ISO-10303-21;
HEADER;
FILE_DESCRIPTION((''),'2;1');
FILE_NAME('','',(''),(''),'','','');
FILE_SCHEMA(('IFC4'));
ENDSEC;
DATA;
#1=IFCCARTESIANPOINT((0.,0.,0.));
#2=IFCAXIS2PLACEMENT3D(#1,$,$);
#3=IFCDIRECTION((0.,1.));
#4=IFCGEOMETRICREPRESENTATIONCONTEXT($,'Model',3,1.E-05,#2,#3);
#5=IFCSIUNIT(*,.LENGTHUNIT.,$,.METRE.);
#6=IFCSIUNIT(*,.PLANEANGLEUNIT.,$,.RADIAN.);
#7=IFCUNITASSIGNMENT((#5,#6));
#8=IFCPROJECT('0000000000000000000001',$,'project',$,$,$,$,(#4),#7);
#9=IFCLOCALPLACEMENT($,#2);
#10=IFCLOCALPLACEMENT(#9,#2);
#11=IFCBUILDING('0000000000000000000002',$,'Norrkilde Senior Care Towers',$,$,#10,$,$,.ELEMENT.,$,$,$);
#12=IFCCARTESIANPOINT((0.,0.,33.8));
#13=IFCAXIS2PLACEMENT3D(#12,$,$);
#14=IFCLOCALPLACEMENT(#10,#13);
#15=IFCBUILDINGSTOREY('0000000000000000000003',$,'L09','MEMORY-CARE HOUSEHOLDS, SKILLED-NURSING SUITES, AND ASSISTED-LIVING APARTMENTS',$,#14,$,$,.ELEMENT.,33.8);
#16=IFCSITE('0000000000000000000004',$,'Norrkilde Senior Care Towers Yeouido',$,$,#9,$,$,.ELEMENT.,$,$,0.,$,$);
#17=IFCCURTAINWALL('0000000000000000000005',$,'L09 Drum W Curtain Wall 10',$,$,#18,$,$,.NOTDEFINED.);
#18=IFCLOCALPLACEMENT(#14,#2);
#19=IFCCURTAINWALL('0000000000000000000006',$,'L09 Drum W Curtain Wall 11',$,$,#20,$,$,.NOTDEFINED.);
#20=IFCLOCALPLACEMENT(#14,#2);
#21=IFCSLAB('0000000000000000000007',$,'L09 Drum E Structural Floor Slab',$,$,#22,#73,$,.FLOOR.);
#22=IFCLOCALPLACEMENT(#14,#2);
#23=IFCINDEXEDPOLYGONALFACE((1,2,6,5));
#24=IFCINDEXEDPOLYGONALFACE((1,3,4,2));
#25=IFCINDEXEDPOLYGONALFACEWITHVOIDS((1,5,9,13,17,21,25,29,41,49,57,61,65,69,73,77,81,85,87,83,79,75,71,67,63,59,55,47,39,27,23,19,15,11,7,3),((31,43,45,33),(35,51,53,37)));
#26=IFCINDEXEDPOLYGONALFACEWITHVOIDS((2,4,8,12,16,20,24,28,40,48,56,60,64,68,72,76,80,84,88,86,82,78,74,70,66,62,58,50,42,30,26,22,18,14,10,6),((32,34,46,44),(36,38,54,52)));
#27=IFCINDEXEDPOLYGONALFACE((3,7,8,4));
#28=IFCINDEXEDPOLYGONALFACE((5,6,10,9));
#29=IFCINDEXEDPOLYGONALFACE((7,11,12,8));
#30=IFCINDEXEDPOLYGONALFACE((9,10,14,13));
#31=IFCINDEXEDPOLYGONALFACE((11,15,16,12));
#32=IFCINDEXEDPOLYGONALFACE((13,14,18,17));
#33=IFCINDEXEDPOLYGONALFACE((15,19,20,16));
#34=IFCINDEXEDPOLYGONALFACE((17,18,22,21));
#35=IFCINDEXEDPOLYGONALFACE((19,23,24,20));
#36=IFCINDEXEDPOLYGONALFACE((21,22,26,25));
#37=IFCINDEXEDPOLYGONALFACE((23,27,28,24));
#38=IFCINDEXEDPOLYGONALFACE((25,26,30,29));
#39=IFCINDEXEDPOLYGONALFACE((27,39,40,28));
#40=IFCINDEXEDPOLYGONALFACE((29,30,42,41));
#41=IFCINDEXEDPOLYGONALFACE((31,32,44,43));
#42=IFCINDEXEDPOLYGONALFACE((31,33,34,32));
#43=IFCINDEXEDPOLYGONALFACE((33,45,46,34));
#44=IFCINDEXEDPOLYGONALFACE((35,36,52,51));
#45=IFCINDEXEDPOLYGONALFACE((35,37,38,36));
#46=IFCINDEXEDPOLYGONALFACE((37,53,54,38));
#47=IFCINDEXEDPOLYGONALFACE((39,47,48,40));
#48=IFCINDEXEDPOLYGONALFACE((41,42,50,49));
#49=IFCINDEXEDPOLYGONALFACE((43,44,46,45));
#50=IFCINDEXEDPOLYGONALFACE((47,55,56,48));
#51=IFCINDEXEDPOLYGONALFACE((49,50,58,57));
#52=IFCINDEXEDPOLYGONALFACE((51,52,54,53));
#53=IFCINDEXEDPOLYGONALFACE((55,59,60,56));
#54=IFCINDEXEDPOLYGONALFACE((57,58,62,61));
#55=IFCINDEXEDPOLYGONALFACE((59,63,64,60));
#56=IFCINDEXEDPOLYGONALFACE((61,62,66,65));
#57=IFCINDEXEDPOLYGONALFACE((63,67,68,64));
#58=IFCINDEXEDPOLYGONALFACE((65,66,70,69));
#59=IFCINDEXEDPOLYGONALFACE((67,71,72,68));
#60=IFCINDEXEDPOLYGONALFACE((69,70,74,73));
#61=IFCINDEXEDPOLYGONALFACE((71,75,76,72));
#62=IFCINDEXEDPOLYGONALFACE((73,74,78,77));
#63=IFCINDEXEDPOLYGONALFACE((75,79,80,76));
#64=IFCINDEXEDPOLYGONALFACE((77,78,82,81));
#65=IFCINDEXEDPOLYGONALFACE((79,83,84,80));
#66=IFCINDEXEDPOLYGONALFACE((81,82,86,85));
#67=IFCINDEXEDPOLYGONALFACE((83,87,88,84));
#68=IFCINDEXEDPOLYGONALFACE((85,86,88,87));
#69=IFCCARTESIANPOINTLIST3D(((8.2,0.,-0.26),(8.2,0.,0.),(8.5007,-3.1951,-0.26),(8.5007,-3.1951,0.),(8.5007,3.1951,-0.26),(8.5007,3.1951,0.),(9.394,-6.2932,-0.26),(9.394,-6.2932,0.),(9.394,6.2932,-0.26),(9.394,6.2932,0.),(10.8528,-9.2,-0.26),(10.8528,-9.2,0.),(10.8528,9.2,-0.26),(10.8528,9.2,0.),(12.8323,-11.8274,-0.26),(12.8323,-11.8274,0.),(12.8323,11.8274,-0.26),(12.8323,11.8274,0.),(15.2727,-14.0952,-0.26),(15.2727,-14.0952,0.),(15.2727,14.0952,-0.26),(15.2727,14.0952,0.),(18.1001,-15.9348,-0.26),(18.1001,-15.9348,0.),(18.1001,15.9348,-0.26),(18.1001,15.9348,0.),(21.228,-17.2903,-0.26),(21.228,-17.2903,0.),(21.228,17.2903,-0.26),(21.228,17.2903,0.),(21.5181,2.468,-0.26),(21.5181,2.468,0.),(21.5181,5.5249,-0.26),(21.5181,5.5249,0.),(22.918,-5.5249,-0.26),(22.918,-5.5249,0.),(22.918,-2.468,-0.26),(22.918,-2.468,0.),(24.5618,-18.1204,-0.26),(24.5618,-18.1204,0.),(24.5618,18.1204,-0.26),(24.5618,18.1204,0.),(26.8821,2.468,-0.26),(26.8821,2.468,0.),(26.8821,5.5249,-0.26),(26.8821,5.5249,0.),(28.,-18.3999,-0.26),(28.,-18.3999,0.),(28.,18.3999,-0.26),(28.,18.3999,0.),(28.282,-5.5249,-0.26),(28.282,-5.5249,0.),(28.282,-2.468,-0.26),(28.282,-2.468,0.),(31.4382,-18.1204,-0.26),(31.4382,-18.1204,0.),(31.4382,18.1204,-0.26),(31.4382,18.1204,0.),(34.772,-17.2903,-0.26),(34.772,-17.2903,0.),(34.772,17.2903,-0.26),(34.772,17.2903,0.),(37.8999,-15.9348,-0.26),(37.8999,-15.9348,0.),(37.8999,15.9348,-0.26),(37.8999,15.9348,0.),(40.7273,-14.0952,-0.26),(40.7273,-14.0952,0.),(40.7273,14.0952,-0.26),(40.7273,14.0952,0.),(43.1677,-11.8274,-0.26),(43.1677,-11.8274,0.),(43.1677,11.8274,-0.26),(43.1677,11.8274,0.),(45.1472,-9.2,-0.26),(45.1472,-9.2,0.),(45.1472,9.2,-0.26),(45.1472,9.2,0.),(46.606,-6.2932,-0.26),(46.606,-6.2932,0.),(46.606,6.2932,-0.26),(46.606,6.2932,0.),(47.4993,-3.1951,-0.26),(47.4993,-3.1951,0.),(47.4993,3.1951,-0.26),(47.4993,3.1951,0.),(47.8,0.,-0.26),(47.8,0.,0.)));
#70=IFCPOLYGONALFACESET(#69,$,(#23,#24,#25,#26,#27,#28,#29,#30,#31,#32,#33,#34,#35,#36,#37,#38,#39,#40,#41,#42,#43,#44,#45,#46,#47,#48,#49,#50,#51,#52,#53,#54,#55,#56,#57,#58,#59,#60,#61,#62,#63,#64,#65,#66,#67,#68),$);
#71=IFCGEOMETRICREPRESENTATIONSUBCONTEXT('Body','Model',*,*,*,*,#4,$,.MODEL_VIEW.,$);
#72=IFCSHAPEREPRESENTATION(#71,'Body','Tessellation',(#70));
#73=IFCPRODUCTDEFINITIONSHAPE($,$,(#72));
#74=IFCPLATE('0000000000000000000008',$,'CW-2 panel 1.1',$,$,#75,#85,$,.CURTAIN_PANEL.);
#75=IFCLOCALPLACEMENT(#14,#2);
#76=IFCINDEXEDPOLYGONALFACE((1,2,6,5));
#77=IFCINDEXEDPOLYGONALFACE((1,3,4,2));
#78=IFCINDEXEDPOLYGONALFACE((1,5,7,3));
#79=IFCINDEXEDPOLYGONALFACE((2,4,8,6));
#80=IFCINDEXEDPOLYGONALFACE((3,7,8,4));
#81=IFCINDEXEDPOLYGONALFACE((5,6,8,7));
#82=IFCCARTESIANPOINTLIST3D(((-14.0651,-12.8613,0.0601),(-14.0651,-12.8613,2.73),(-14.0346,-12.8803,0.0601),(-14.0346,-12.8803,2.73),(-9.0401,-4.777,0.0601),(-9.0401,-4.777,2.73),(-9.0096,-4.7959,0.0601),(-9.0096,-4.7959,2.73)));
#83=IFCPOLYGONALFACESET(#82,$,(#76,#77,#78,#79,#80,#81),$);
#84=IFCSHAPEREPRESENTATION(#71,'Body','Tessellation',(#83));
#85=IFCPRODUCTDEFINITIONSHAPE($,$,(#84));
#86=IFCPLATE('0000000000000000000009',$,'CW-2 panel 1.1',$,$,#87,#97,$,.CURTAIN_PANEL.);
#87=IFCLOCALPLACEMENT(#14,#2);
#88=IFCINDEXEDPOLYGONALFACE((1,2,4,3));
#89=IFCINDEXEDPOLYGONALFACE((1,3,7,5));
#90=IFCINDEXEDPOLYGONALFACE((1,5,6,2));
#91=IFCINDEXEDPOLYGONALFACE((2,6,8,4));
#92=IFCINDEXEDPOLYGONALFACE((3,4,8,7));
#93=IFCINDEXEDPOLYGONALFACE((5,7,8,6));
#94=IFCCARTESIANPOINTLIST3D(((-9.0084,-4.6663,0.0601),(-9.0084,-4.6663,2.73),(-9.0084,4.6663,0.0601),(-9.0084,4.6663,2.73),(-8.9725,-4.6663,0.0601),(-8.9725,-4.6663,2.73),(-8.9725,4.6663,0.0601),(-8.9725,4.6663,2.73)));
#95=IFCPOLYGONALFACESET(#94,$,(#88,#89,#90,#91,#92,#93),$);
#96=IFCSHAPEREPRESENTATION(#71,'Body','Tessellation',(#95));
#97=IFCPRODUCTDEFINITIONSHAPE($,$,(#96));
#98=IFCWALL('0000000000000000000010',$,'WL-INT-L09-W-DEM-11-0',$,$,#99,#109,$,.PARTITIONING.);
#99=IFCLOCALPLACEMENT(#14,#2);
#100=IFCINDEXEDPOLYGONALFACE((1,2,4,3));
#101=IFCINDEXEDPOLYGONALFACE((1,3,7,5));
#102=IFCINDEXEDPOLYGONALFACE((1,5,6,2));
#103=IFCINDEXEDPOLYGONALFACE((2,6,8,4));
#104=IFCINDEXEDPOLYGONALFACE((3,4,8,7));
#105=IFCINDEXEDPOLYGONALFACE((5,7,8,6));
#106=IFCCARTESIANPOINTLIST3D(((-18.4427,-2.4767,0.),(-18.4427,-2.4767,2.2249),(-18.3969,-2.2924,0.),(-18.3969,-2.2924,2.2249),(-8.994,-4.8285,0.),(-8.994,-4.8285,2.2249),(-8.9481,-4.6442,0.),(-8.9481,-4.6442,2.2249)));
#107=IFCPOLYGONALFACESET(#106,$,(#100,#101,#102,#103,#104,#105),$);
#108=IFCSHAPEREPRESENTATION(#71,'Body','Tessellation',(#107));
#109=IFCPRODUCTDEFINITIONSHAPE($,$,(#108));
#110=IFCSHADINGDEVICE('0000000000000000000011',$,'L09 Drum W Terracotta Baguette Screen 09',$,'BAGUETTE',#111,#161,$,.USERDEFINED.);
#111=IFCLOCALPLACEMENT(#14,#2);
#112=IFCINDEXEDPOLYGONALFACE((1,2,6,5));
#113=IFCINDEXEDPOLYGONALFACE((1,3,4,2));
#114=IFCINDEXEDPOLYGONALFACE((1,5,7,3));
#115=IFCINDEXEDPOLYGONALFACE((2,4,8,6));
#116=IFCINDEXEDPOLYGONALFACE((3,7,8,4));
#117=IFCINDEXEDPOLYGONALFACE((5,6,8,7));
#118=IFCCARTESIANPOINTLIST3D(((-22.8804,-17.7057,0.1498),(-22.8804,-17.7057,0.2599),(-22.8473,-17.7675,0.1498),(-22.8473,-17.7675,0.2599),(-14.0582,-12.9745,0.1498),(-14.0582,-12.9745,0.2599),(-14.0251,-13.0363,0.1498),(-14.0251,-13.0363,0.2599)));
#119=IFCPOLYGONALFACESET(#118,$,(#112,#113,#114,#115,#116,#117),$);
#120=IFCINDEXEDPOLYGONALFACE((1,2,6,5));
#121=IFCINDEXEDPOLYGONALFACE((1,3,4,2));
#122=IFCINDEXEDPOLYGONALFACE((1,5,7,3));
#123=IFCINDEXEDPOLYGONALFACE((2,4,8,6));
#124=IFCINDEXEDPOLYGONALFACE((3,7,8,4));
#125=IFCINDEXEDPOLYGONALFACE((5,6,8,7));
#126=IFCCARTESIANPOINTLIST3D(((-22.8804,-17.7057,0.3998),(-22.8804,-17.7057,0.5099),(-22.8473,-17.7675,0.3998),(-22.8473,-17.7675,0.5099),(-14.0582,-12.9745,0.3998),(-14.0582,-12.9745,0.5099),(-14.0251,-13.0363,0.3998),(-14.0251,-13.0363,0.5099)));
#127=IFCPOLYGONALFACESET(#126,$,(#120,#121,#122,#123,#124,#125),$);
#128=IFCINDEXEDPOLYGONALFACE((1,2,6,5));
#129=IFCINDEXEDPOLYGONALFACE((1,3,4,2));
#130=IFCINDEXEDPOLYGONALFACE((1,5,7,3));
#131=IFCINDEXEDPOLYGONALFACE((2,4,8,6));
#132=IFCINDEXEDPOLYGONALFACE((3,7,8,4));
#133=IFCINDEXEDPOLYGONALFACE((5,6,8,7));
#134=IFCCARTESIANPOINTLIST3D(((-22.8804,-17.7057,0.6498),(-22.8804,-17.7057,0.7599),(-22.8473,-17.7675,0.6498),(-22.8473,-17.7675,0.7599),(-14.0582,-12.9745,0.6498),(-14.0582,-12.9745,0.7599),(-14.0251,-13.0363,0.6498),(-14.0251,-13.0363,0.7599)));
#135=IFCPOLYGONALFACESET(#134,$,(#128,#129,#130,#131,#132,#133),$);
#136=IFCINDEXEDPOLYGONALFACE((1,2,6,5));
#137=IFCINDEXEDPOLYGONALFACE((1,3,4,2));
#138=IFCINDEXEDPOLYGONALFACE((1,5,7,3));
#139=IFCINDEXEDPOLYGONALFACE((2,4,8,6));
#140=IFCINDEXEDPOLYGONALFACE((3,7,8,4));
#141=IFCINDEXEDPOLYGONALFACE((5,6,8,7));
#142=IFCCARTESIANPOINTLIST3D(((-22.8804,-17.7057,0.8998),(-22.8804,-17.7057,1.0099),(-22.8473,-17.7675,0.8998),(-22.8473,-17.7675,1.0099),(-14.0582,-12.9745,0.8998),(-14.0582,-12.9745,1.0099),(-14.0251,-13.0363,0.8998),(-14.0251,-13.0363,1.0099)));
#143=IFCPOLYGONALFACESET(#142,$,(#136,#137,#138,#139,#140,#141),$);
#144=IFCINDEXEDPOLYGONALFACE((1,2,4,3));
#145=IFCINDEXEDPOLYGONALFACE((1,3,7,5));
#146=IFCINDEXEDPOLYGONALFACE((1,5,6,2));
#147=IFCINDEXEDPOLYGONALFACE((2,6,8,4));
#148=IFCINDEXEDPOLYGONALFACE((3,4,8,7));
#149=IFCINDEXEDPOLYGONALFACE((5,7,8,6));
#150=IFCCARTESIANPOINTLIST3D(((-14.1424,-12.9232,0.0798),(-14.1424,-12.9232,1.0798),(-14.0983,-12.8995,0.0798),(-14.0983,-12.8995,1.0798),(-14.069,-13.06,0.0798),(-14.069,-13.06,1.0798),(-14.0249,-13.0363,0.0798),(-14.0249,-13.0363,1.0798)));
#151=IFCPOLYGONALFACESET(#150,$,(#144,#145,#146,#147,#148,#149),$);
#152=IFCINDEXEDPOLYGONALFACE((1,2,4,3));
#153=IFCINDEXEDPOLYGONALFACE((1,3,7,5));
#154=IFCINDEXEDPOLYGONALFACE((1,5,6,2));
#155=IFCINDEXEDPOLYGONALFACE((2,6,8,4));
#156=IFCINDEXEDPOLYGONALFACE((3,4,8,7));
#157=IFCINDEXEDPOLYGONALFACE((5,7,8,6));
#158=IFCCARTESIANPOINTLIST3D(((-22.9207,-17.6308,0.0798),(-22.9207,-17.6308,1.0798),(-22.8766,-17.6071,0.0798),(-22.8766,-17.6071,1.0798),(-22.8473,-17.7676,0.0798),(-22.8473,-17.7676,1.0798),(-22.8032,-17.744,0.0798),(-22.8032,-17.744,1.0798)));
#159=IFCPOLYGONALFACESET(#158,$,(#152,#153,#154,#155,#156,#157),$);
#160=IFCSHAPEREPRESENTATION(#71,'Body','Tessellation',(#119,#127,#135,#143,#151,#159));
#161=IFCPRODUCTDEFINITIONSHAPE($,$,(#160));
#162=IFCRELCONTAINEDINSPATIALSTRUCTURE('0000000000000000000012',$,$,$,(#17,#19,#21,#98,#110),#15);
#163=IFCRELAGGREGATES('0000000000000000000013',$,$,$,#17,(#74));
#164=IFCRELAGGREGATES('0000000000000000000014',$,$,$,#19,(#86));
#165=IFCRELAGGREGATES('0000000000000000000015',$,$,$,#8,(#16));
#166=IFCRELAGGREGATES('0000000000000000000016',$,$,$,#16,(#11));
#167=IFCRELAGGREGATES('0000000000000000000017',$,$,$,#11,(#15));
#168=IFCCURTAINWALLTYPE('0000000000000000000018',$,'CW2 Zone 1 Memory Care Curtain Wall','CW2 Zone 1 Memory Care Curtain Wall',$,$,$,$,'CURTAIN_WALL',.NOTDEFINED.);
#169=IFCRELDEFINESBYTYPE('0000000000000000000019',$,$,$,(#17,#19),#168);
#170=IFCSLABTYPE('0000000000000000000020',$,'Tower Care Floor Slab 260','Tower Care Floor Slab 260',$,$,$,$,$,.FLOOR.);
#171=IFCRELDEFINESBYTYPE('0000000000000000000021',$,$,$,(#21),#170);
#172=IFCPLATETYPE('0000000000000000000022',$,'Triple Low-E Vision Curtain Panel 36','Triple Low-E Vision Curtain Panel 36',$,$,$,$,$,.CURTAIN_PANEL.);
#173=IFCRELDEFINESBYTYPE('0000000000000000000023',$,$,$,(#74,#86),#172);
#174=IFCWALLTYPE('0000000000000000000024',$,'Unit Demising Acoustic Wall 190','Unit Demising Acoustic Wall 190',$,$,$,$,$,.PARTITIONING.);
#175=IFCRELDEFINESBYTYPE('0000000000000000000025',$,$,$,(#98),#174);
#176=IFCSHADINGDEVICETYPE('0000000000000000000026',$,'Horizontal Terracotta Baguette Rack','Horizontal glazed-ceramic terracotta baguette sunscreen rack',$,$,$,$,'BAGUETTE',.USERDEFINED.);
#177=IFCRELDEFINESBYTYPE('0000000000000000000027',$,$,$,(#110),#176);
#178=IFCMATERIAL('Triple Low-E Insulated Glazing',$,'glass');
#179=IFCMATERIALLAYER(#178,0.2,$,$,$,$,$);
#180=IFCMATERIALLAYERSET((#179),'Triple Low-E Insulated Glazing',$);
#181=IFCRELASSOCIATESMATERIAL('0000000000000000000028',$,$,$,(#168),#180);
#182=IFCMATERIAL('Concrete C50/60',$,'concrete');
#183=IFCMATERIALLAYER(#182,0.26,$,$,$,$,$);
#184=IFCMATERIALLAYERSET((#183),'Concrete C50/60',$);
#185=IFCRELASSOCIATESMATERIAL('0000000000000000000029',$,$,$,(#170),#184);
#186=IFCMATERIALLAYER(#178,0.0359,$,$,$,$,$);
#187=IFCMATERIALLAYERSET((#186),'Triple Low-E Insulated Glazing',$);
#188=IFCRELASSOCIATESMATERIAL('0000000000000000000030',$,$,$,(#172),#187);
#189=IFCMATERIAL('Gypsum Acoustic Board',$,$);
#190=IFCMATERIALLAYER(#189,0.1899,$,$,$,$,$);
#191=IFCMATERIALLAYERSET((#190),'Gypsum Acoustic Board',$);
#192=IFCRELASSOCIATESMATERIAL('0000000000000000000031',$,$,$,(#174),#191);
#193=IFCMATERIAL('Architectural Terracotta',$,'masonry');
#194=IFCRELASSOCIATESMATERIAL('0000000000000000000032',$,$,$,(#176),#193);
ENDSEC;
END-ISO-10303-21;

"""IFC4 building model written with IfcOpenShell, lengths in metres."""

from ifc_helpers import new_model, si_unit, direction, frame, frame_2d, origin, origin_2d, place, context, subcontext, project, spatial, polyline, rectangle, outline, extrude, source, transform, mapped, material, layer, layer_set, type_object, type_shapes, element, aggregate, save


model = new_model("IFC4")

# Units and contexts
model_context = context("Model", 3, precision=1e-05, world=origin(), true_north=direction((0.0, 1.0)))
body_context = subcontext(model_context, "Body", "Model", "MODEL_VIEW")
ifc_project = project(units=[si_unit("LENGTHUNIT", "METRE"), si_unit("PLANEANGLEUNIT", "RADIAN")], contexts=[model_context])

# Site, building, storey
site_placement = place(None, origin())
site = spatial("IfcSite", under=ifc_project, at=site_placement, Name="Norrkilde Senior Care Towers Yeouido", CompositionType="ELEMENT", RefElevation=0.0)
building_placement = place(site_placement, origin())
building = spatial("IfcBuilding", under=site, at=building_placement, Name="Norrkilde Senior Care Towers", CompositionType="ELEMENT")
storey_placement = place(building_placement, frame((0.0, 0.0, 33.8)))
storey = spatial("IfcBuildingStorey", under=building, at=storey_placement, Name="L09", Description="MEMORY-CARE HOUSEHOLDS, SKILLED-NURSING SUITES, AND ASSISTED-LIVING APARTMENTS", CompositionType="ELEMENT", Elevation=33.8)

# Shared definitions
ifc_material_1 = material(Name="Triple Low-E Insulated Glazing", Category="glass")
ifc_layer_1 = layer(ifc_material_1, 0.2)
ifc_layer_set_1 = layer_set([ifc_layer_1], Name="Triple Low-E Insulated Glazing")
curtain_wall_type = type_object("IfcCurtainWallType", Name="CW2 Zone 1 Memory Care Curtain Wall", Description="CW2 Zone 1 Memory Care Curtain Wall", ElementType="CURTAIN_WALL", PredefinedType="NOTDEFINED", material=ifc_layer_set_1)

# Curtain wall
curtain_wall_1_placement = place(storey_placement, origin())
curtain_wall_1 = element("IfcCurtainWall", 1, at=curtain_wall_1_placement, inside=storey, type_object=curtain_wall_type, Name="L09 Drum W Curtain Wall 10", PredefinedType="NOTDEFINED")

# Curtain wall
curtain_wall_2_placement = place(storey_placement, origin())
curtain_wall_2 = element("IfcCurtainWall", 2, at=curtain_wall_2_placement, inside=storey, type_object=curtain_wall_type, Name="L09 Drum W Curtain Wall 11", PredefinedType="NOTDEFINED")

# Shared definitions
ifc_material_2 = material(Name="Concrete C50/60", Category="concrete")

# Slab
ifc_layer_2 = layer(ifc_material_2, 0.26)
ifc_layer_set_2 = layer_set([ifc_layer_2], Name="Concrete C50/60")
slab_type_1 = type_object("IfcSlabType", Name="Tower Care Floor Slab 260", Description="Tower Care Floor Slab 260", PredefinedType="FLOOR", material=ifc_layer_set_2)
slab_1_placement = place(storey_placement, frame((0.0, 0.0, -0.26)))
element("IfcSlab", 3, at=slab_1_placement, inside=storey, type_object=slab_type_1, Name="L09 Drum E Structural Floor Slab", PredefinedType="FLOOR", context=body_context, shape_type="SweptSolid", body=[
    extrude(outline(polyline([(46.606, -6.2932), (45.1472, -9.2), (43.1677, -11.8274), (40.7273, -14.0952), (37.8999, -15.9348), (34.772, -17.2903), (31.4382, -18.1204), (28.0, -18.3999), (24.5618, -18.1204), (21.228, -17.2903), (18.1001, -15.9348), (15.2727, -14.0952), (12.8323, -11.8274), (10.8528, -9.2), (9.394, -6.2932), (8.5007, -3.1951), (8.2, 0.0), (8.5007, 3.1951), (9.394, 6.2932), (10.8528, 9.2), (12.8323, 11.8274), (15.2727, 14.0952), (18.1001, 15.9348), (21.228, 17.2903), (24.5618, 18.1204), (28.0, 18.3999), (31.4382, 18.1204), (34.772, 17.2903), (37.8999, 15.9348), (40.7273, 14.0952), (43.1677, 11.8274), (45.1472, 9.2), (46.606, 6.2932), (47.4993, 3.1951), (47.8, 0.0), (47.4993, -3.1951), (46.606, -6.2932)]), holes=[polyline([(21.5181, 2.468), (26.8821, 2.468), (26.8821, 5.5249), (21.5181, 5.5249), (21.5181, 2.468)]), polyline([(28.282, -5.5249), (28.282, -2.468), (22.918, -2.468), (22.918, -5.5249), (28.282, -5.5249)])]), origin(), (0.0, 0.0, 1.0), 0.26),
])

# Plates
ifc_layer_3 = layer(ifc_material_1, 0.0359)
ifc_layer_set_3 = layer_set([ifc_layer_3], Name="Triple Low-E Insulated Glazing")
plate_type = type_object("IfcPlateType", Name="Triple Low-E Vision Curtain Panel 36", Description="Triple Low-E Vision Curtain Panel 36", PredefinedType="CURTAIN_PANEL", material=ifc_layer_set_3)
shared_shape_1 = source(origin(), body_context, "Body", "SweptSolid", [
    extrude(rectangle(XDim=9.5188, YDim=0.0359, at=origin_2d()), origin(), (0.0, 0.0, 1.0), 2.6699),
])
plate_1_placement = place(storey_placement, frame((-11.5374, -8.8286, 0.0601), z_axis=(0.0, 0.0, 1.0), x_axis=(-0.527901, -0.849306, 0.0)))
plate_1 = element("IfcPlate", 4, at=plate_1_placement, type_object=plate_type, Name="CW-2 panel 1.1", PredefinedType="CURTAIN_PANEL", context=body_context, shape_type="MappedRepresentation", body=[
    mapped(shared_shape_1, transform((0.0, 0.0, 0.0), x_axis=(1.0, 0.0, 0.0), y_axis=(0.0, 1.0, 0.0), z_axis=(0.0, 0.0, 1.0), scale=1.0)),
])
aggregate(curtain_wall_1, [plate_1])
shared_shape_2 = source(origin(), body_context, "Body", "SweptSolid", [
    extrude(rectangle(XDim=9.3325, YDim=0.0359, at=origin_2d()), origin(), (0.0, 0.0, 1.0), 2.6699),
])
type_shapes(plate_type, [shared_shape_1, shared_shape_2])
plate_2_placement = place(storey_placement, frame((-8.9905, 0.0, 0.0601), z_axis=(0.0, 0.0, 1.0), x_axis=(0.0, -1.0, 0.0)))
plate_2 = element("IfcPlate", 5, at=plate_2_placement, type_object=plate_type, Name="CW-2 panel 1.1", PredefinedType="CURTAIN_PANEL", context=body_context, shape_type="MappedRepresentation", body=[
    mapped(shared_shape_2, transform((0.0, 0.0, 0.0), x_axis=(1.0, 0.0, 0.0), y_axis=(0.0, 1.0, 0.0), z_axis=(0.0, 0.0, 1.0), scale=1.0)),
])
aggregate(curtain_wall_2, [plate_2])

# Wall
ifc_material_3 = material(Name="Gypsum Acoustic Board")
ifc_layer_4 = layer(ifc_material_3, 0.1899)
ifc_layer_set_4 = layer_set([ifc_layer_4], Name="Gypsum Acoustic Board")
wall_type = type_object("IfcWallType", Name="Unit Demising Acoustic Wall 190", Description="Unit Demising Acoustic Wall 190", PredefinedType="PARTITIONING", material=ifc_layer_set_4)
shared_shape_3 = source(origin(), body_context, "Body", "SweptSolid", [
    extrude(rectangle(XDim=9.7371, YDim=0.1899, at=frame_2d((4.8687, 0.0))), origin(), (0.0, 0.0, 1.0), 2.2249),
])
type_shapes(wall_type, [shared_shape_3])
wall_placement = place(storey_placement, frame((-18.4199, -2.3845, 0.0), z_axis=(0.0, 0.0, 1.0), x_axis=(0.970393, -0.241533, 0.0)))
element("IfcWall", 6, at=wall_placement, inside=storey, type_object=wall_type, Name="WL-INT-L09-W-DEM-11-0", PredefinedType="PARTITIONING", context=body_context, shape_type="MappedRepresentation", body=[
    mapped(shared_shape_3, transform((0.0, 0.0, 0.0), x_axis=(1.0, 0.0, 0.0), y_axis=(0.0, 1.0, 0.0), z_axis=(0.0, 0.0, 1.0), scale=1.0)),
])

# Shading device
ifc_material_4 = material(Name="Architectural Terracotta", Category="masonry")
shading_device_type = type_object("IfcShadingDeviceType", Name="Horizontal Terracotta Baguette Rack", Description="Horizontal glazed-ceramic terracotta baguette sunscreen rack", ElementType="BAGUETTE", PredefinedType="USERDEFINED", material=ifc_material_4)
shared_shape_4 = source(origin(), body_context, "Body", "SweptSolid", [
    extrude(rectangle(XDim=0.0701, YDim=0.1101, at=origin_2d()), frame((0.0, 0.0901, 0.125), z_axis=(1.0, 0.0, 0.0), x_axis=(0.0, 1.0, 0.0)), (0.0, 0.0, 1.0), 10.0107),
    extrude(rectangle(XDim=0.0701, YDim=0.1101, at=origin_2d()), frame((0.0, 0.0901, 0.375), z_axis=(1.0, 0.0, 0.0), x_axis=(0.0, 1.0, 0.0)), (0.0, 0.0, 1.0), 10.0107),
    extrude(rectangle(XDim=0.0701, YDim=0.1101, at=origin_2d()), frame((0.0, 0.0901, 0.625), z_axis=(1.0, 0.0, 0.0), x_axis=(0.0, 1.0, 0.0)), (0.0, 0.0, 1.0), 10.0107),
    extrude(rectangle(XDim=0.0701, YDim=0.1101, at=origin_2d()), frame((0.0, 0.0901, 0.875), z_axis=(1.0, 0.0, 0.0), x_axis=(0.0, 1.0, 0.0)), (0.0, 0.0, 1.0), 10.0107),
    extrude(rectangle(XDim=0.05, YDim=0.1553, at=origin_2d()), frame((0.0249, 0.0476, 0.0)), (0.0, 0.0, 1.0), 1.0),
    extrude(rectangle(XDim=0.05, YDim=0.1553, at=origin_2d()), frame((9.9858, 0.0476, 0.0)), (0.0, 0.0, 1.0), 1.0),
])
type_shapes(shading_device_type, [shared_shape_4])
shading_device_placement = place(storey_placement, frame((-14.0842, -12.926, 0.0798), z_axis=(0.0, 0.0, 1.0), x_axis=(-0.88128, -0.472612, 0.0)))
element("IfcShadingDevice", 7, at=shading_device_placement, inside=storey, type_object=shading_device_type, Name="L09 Drum W Terracotta Baguette Screen 09", ObjectType="BAGUETTE", PredefinedType="USERDEFINED", context=body_context, shape_type="MappedRepresentation", body=[
    mapped(shared_shape_4, transform((0.0, 0.0, 0.0), x_axis=(1.0, 0.0, 0.0), y_axis=(0.0, 1.0, 0.0), z_axis=(0.0, 0.0, 1.0), scale=1.0)),
])

save(model, "model.ifc")
